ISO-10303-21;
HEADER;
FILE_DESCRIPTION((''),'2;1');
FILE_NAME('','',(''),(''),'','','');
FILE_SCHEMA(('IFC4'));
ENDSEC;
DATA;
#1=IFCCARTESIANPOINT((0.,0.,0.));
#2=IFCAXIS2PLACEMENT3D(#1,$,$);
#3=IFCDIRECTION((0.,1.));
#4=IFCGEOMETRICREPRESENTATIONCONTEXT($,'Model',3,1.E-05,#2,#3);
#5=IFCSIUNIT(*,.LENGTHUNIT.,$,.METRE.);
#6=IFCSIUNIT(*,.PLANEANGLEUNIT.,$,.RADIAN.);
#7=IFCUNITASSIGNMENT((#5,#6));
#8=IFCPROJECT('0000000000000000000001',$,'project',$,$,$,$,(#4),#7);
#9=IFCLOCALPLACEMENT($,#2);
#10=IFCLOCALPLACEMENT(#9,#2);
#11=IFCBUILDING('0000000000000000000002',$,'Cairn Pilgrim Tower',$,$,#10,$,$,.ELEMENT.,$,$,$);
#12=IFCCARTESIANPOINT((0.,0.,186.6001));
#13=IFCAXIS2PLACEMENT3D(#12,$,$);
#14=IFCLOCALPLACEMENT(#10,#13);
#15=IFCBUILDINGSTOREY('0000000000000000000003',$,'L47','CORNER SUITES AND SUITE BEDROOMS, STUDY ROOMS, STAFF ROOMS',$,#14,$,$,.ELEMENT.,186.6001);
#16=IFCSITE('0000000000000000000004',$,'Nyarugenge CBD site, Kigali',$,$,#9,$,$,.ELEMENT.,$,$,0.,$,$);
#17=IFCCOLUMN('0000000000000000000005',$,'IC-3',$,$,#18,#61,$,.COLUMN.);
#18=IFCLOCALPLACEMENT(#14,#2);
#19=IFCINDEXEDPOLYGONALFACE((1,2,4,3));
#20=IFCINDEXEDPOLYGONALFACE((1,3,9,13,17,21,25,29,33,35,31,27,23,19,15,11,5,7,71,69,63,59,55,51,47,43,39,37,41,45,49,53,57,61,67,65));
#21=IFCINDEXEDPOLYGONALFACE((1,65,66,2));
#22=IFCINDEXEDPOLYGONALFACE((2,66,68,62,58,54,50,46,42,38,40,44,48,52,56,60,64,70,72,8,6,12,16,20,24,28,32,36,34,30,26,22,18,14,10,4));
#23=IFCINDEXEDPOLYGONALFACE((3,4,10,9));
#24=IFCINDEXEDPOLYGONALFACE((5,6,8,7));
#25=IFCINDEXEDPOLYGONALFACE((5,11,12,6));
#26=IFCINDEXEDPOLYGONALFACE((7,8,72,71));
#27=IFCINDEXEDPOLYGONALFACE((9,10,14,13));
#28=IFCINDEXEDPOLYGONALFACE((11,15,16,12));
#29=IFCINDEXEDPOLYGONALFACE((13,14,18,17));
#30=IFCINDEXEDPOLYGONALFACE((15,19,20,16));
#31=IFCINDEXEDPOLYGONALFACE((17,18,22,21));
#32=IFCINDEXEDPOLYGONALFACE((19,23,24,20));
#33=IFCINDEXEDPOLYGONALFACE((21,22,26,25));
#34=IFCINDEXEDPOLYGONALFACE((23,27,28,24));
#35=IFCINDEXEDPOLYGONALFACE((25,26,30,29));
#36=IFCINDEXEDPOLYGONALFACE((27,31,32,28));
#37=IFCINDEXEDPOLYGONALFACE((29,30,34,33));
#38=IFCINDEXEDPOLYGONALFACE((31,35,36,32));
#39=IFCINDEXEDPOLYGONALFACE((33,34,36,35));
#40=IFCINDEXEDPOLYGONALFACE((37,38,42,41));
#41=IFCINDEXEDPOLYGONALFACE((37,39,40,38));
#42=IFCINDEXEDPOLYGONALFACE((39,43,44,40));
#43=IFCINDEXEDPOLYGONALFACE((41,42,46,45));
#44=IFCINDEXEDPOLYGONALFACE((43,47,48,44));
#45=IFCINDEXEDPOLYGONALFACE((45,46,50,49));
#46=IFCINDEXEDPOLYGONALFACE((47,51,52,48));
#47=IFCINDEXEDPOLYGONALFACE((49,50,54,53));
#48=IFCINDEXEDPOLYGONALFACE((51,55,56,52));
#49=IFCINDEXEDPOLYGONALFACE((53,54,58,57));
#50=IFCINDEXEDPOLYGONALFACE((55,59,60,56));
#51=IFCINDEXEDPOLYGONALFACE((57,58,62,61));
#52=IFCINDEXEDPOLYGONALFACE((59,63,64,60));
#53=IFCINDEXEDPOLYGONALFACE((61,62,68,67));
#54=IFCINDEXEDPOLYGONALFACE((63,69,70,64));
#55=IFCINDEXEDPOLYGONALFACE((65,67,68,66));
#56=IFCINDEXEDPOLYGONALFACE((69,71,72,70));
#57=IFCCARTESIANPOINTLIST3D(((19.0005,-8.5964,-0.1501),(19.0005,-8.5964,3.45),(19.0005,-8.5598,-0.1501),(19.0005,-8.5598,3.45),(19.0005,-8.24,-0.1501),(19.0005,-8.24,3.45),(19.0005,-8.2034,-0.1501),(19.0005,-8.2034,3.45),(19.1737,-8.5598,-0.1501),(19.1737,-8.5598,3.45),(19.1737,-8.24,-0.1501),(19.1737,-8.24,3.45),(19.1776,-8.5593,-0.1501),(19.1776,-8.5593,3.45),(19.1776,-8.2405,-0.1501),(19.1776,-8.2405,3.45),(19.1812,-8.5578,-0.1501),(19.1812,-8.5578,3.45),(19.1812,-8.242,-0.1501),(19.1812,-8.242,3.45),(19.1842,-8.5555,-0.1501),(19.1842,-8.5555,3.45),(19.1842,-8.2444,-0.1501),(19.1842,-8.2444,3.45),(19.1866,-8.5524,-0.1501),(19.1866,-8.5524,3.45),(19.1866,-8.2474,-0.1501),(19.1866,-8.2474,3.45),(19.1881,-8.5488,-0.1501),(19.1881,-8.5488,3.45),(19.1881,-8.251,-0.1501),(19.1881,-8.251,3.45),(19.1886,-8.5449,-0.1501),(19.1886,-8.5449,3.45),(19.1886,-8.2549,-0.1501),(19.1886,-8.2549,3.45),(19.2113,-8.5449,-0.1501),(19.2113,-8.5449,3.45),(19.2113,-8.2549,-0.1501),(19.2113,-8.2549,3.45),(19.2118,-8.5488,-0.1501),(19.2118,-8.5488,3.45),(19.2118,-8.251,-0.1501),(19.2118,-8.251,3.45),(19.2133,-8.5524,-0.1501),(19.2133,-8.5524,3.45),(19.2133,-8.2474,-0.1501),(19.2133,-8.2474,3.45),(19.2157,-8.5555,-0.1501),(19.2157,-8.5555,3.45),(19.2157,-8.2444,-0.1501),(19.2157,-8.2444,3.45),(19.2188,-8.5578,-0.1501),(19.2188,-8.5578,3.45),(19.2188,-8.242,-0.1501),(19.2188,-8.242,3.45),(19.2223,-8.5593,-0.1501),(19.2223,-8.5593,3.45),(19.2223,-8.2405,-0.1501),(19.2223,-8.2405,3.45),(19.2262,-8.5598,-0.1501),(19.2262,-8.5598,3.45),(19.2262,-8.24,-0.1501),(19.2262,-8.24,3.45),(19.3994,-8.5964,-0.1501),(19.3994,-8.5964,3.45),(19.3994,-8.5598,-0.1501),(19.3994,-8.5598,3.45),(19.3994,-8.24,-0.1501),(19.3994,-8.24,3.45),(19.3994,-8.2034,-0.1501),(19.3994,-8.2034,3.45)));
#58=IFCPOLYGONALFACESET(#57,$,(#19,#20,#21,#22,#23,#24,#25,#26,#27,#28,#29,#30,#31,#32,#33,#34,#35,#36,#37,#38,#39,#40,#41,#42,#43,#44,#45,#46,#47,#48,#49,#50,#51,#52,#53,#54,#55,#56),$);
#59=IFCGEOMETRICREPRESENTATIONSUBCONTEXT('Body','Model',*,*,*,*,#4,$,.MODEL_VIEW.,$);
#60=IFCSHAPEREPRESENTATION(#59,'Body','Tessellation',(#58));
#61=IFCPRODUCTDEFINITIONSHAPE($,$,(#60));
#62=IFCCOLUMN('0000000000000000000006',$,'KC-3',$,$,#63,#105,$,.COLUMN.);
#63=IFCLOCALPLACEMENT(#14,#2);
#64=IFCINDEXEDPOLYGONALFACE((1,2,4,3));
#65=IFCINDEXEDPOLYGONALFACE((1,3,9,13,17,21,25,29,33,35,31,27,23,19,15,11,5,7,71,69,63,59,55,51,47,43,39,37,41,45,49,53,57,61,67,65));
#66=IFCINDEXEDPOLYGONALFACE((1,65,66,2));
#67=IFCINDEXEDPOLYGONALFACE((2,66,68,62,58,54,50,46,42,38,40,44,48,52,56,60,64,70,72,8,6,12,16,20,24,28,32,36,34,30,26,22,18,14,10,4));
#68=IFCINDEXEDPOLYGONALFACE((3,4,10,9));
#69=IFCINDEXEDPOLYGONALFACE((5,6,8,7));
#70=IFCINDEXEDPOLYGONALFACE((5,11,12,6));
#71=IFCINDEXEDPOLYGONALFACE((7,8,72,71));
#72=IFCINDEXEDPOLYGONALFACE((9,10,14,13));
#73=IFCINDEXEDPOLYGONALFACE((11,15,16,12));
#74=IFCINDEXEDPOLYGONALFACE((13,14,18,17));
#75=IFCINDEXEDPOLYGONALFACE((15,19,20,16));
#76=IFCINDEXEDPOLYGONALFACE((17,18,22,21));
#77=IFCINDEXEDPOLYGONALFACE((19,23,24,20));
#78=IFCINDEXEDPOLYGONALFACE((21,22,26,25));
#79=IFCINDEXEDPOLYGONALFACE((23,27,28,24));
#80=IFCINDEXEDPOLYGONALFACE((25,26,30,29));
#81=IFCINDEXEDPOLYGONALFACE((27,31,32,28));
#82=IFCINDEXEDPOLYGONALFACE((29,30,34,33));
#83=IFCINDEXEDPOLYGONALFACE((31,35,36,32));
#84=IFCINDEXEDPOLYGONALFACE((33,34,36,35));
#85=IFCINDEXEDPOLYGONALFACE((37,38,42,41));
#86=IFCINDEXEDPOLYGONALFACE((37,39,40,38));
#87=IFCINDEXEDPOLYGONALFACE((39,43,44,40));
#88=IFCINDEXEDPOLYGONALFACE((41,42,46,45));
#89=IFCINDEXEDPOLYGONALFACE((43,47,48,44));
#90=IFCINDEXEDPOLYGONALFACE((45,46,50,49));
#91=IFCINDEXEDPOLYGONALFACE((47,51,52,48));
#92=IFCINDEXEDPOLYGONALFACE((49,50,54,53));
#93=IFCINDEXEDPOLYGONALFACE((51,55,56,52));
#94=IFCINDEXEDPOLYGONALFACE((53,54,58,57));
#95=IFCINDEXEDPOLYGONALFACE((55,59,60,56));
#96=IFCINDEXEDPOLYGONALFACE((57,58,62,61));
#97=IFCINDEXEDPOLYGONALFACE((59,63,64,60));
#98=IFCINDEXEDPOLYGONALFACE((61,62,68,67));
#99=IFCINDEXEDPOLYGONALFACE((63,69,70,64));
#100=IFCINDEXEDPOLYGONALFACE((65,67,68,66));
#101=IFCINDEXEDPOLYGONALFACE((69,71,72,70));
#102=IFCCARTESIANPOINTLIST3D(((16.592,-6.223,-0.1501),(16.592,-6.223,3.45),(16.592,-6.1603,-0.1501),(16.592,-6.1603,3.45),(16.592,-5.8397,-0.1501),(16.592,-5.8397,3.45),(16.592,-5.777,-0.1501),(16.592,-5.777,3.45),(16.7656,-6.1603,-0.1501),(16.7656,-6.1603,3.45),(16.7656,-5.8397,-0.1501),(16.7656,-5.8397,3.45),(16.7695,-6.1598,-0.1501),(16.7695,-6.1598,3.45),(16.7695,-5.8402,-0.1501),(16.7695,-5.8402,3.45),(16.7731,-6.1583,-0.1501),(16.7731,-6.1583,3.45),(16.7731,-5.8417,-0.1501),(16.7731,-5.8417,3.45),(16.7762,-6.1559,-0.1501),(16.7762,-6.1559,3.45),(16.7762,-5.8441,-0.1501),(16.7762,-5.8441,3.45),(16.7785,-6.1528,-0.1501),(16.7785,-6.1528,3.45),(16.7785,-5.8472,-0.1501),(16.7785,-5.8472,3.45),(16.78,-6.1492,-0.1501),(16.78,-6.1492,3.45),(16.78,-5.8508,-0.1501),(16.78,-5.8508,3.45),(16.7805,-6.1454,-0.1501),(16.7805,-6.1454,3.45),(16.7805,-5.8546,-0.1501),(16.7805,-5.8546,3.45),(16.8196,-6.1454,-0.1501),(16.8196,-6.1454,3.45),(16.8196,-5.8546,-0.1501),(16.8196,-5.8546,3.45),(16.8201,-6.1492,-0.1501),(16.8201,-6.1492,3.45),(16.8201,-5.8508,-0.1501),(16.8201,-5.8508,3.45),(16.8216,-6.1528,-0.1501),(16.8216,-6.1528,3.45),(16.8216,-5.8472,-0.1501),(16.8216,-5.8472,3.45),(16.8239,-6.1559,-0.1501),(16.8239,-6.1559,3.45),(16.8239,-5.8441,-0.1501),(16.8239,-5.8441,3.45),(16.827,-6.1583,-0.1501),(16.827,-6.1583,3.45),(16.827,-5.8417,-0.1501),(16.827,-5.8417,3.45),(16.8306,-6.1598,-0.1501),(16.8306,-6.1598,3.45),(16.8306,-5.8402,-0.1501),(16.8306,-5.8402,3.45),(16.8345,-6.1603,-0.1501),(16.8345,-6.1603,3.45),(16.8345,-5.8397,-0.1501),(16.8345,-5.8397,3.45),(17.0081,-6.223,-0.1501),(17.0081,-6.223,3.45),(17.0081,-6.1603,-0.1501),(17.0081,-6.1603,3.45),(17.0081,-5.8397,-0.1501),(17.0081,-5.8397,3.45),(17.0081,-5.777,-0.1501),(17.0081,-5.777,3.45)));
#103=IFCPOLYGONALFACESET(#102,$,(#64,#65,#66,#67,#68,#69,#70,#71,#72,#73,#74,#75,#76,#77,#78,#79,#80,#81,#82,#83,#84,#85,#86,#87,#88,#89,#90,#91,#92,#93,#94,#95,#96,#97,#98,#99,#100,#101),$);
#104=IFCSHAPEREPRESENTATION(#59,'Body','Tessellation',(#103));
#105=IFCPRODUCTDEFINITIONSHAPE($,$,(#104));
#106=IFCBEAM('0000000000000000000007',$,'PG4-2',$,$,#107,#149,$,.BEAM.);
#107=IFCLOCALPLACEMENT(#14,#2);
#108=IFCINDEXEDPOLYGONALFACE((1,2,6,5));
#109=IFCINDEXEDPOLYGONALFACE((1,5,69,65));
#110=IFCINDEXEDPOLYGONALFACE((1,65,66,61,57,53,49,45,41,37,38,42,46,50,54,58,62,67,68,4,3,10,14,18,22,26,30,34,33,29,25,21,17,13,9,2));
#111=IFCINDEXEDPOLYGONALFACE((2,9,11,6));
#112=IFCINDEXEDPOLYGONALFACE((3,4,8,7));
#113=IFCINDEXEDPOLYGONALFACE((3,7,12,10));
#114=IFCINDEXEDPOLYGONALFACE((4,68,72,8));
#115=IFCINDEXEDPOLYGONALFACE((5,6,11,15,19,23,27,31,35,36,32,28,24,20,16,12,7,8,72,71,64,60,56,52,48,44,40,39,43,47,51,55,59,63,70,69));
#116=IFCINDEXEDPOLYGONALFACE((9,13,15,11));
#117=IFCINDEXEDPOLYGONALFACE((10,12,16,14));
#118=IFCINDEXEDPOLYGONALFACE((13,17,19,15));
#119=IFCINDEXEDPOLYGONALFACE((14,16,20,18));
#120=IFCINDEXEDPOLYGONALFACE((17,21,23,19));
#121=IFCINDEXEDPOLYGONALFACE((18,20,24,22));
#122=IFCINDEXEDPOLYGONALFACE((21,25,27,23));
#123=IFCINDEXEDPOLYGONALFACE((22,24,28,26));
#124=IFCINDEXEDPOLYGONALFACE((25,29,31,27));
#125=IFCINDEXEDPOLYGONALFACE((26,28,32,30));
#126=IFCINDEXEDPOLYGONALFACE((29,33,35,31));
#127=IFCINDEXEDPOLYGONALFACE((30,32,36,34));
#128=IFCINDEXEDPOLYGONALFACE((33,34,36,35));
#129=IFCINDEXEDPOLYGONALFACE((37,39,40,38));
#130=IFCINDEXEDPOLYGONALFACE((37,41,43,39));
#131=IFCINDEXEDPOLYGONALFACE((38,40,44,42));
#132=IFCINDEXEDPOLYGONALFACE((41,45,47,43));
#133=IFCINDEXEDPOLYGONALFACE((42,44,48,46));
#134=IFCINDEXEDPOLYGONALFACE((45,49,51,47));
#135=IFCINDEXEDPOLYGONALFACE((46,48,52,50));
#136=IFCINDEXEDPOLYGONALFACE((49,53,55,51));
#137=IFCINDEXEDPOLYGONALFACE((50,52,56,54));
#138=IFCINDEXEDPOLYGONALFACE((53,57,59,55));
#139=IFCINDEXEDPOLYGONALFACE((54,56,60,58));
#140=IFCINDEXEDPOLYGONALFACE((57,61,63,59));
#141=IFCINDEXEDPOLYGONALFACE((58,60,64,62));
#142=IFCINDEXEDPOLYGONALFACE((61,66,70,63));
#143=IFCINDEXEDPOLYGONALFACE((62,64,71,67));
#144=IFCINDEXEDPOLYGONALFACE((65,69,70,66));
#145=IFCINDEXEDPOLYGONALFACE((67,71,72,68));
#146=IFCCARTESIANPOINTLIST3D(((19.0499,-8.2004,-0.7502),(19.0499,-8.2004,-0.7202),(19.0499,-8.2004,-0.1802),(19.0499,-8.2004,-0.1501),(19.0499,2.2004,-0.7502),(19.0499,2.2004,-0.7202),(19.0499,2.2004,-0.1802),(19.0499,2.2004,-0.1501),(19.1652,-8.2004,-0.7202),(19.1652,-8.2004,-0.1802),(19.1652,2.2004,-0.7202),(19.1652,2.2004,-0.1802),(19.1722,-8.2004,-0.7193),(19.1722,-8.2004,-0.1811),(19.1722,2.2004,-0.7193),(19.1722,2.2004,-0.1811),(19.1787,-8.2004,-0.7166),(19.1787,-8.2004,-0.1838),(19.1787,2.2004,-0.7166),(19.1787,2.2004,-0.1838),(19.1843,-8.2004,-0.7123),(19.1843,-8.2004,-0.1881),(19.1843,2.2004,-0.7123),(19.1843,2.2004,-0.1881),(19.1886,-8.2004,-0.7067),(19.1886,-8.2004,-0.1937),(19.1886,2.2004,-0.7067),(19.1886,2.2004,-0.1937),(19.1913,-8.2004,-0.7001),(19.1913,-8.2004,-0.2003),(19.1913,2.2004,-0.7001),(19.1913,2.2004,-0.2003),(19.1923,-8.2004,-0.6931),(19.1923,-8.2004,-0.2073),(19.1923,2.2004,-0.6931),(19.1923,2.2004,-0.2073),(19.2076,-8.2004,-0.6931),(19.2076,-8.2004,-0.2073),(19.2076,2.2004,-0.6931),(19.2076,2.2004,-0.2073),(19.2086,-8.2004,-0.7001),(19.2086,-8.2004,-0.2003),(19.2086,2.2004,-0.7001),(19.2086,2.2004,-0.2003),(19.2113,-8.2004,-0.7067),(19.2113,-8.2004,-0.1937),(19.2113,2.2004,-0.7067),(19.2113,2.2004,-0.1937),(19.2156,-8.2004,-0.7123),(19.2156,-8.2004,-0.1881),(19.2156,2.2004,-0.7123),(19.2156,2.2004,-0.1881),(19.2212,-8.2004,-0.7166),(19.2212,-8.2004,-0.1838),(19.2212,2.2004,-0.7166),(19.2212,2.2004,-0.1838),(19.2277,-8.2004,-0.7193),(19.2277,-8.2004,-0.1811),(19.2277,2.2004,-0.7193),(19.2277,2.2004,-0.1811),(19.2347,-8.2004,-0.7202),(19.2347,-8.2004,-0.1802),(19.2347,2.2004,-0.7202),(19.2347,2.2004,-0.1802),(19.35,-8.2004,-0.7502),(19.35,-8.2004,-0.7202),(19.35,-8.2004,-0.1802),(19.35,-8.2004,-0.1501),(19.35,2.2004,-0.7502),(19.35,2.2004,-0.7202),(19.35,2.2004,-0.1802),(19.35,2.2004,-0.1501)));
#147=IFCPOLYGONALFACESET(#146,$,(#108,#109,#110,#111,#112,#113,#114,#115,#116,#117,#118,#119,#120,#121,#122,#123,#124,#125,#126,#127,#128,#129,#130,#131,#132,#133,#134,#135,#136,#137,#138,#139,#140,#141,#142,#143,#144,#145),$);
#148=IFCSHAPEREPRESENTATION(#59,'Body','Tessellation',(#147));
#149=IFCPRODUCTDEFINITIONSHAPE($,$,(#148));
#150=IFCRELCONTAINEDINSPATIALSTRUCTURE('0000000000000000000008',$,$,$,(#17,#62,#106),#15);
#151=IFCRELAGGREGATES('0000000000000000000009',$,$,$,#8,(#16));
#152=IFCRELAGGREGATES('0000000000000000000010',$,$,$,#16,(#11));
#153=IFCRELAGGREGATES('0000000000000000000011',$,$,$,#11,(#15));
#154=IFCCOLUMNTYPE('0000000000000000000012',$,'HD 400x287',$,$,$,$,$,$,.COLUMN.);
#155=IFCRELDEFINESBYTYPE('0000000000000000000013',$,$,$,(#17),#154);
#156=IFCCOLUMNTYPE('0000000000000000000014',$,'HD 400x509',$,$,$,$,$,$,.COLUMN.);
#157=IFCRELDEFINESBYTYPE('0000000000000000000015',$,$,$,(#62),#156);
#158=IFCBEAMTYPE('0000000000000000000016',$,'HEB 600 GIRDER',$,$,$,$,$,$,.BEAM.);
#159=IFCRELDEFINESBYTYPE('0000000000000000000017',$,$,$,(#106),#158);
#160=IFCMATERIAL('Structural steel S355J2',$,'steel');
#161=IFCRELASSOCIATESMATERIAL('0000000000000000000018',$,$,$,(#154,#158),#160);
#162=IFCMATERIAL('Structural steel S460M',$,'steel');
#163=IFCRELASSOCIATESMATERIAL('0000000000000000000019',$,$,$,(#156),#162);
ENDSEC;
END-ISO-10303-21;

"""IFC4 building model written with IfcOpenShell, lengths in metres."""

from ifc_helpers import new_model, si_unit, direction, frame, origin, origin_2d, place, context, subcontext, project, spatial, i_section, extrude, material, material_profile, profile_set, type_object, element, save


model = new_model("IFC4")

# Units and contexts
model_context = context("Model", 3, precision=1e-05, world=origin(), true_north=direction((0.0, 1.0)))
body_context = subcontext(model_context, "Body", "Model", "MODEL_VIEW")
ifc_project = project(units=[si_unit("LENGTHUNIT", "METRE"), si_unit("PLANEANGLEUNIT", "RADIAN")], contexts=[model_context])

# Site, building, storey
site_placement = place(None, origin())
site = spatial("IfcSite", under=ifc_project, at=site_placement, Name="Nyarugenge CBD site, Kigali", CompositionType="ELEMENT", RefElevation=0.0)
building_placement = place(site_placement, origin())
building = spatial("IfcBuilding", under=site, at=building_placement, Name="Cairn Pilgrim Tower", CompositionType="ELEMENT")
storey_placement = place(building_placement, frame((0.0, 0.0, 186.6001)))
storey = spatial("IfcBuildingStorey", under=building, at=storey_placement, Name="L47", Description="CORNER SUITES AND SUITE BEDROOMS, STUDY ROOMS, STAFF ROOMS", CompositionType="ELEMENT", Elevation=186.6001)

# Columns
ifc_material_1 = material(Name="Structural steel S355J2", Category="steel")
ifc_material_profile_1 = material_profile(ifc_material_1, i_section(OverallWidth=0.3989, OverallDepth=0.3931, WebThickness=0.0227, FlangeThickness=0.0366, FilletRadius=0.0149, at=origin_2d()), Name="HD 400x287")
ifc_profile_set_1 = profile_set([ifc_material_profile_1], Name="Structural steel S355J2")
column_type_1 = type_object("IfcColumnType", Name="HD 400x287", PredefinedType="COLUMN", material=ifc_profile_set_1)
column_1_placement = place(storey_placement, frame((19.2, -8.3999, -0.1501), z_axis=(0.0, 0.0, 1.0), x_axis=(1.0, 0.0, 0.0)))
element("IfcColumn", 1, at=column_1_placement, inside=storey, type_object=column_type_1, Name="IC-3", PredefinedType="COLUMN", context=body_context, shape_type="SweptSolid", body=[
    extrude(i_section(OverallWidth=0.3989, OverallDepth=0.3931, WebThickness=0.0227, FlangeThickness=0.0366, FilletRadius=0.0149, at=origin_2d()), origin(), (0.0, 0.0, 1.0), 3.6001),
])
ifc_material_2 = material(Name="Structural steel S460M", Category="steel")
ifc_material_profile_2 = material_profile(ifc_material_2, i_section(OverallWidth=0.416, OverallDepth=0.446, WebThickness=0.0391, FlangeThickness=0.0627, FilletRadius=0.0149, at=origin_2d()), Name="HD 400x509")
ifc_profile_set_2 = profile_set([ifc_material_profile_2], Name="Structural steel S460M")
column_type_2 = type_object("IfcColumnType", Name="HD 400x509", PredefinedType="COLUMN", material=ifc_profile_set_2)
column_2_placement = place(storey_placement, frame((16.8, -6.0, -0.1501), z_axis=(0.0, 0.0, 1.0), x_axis=(1.0, 0.0, 0.0)))
element("IfcColumn", 2, at=column_2_placement, inside=storey, type_object=column_type_2, Name="KC-3", PredefinedType="COLUMN", context=body_context, shape_type="SweptSolid", body=[
    extrude(i_section(OverallWidth=0.416, OverallDepth=0.446, WebThickness=0.0391, FlangeThickness=0.0627, FilletRadius=0.0149, at=origin_2d()), origin(), (0.0, 0.0, 1.0), 3.6001),
])

# Beam
ifc_material_profile_3 = material_profile(ifc_material_1, i_section(OverallWidth=0.3, OverallDepth=0.6001, WebThickness=0.0154, FlangeThickness=0.03, FilletRadius=0.0271, at=origin_2d()), Name="HEB 600")
ifc_profile_set_3 = profile_set([ifc_material_profile_3], Name="Structural steel S355J2")
beam_type_1 = type_object("IfcBeamType", Name="HEB 600 GIRDER", PredefinedType="BEAM", material=ifc_profile_set_3)
beam_1_placement = place(storey_placement, frame((19.2, -8.2004, -0.4502), z_axis=(0.0, 1.0, 0.0), x_axis=(-1.0, 0.0, 0.0)))
element("IfcBeam", 3, at=beam_1_placement, inside=storey, type_object=beam_type_1, Name="PG4-2", PredefinedType="BEAM", context=body_context, shape_type="SweptSolid", body=[
    extrude(i_section(OverallWidth=0.3, OverallDepth=0.6001, WebThickness=0.0154, FlangeThickness=0.03, FilletRadius=0.0271, at=origin_2d()), origin(), (0.0, 0.0, 1.0), 10.4009),
])

save(model, "model.ifc")
